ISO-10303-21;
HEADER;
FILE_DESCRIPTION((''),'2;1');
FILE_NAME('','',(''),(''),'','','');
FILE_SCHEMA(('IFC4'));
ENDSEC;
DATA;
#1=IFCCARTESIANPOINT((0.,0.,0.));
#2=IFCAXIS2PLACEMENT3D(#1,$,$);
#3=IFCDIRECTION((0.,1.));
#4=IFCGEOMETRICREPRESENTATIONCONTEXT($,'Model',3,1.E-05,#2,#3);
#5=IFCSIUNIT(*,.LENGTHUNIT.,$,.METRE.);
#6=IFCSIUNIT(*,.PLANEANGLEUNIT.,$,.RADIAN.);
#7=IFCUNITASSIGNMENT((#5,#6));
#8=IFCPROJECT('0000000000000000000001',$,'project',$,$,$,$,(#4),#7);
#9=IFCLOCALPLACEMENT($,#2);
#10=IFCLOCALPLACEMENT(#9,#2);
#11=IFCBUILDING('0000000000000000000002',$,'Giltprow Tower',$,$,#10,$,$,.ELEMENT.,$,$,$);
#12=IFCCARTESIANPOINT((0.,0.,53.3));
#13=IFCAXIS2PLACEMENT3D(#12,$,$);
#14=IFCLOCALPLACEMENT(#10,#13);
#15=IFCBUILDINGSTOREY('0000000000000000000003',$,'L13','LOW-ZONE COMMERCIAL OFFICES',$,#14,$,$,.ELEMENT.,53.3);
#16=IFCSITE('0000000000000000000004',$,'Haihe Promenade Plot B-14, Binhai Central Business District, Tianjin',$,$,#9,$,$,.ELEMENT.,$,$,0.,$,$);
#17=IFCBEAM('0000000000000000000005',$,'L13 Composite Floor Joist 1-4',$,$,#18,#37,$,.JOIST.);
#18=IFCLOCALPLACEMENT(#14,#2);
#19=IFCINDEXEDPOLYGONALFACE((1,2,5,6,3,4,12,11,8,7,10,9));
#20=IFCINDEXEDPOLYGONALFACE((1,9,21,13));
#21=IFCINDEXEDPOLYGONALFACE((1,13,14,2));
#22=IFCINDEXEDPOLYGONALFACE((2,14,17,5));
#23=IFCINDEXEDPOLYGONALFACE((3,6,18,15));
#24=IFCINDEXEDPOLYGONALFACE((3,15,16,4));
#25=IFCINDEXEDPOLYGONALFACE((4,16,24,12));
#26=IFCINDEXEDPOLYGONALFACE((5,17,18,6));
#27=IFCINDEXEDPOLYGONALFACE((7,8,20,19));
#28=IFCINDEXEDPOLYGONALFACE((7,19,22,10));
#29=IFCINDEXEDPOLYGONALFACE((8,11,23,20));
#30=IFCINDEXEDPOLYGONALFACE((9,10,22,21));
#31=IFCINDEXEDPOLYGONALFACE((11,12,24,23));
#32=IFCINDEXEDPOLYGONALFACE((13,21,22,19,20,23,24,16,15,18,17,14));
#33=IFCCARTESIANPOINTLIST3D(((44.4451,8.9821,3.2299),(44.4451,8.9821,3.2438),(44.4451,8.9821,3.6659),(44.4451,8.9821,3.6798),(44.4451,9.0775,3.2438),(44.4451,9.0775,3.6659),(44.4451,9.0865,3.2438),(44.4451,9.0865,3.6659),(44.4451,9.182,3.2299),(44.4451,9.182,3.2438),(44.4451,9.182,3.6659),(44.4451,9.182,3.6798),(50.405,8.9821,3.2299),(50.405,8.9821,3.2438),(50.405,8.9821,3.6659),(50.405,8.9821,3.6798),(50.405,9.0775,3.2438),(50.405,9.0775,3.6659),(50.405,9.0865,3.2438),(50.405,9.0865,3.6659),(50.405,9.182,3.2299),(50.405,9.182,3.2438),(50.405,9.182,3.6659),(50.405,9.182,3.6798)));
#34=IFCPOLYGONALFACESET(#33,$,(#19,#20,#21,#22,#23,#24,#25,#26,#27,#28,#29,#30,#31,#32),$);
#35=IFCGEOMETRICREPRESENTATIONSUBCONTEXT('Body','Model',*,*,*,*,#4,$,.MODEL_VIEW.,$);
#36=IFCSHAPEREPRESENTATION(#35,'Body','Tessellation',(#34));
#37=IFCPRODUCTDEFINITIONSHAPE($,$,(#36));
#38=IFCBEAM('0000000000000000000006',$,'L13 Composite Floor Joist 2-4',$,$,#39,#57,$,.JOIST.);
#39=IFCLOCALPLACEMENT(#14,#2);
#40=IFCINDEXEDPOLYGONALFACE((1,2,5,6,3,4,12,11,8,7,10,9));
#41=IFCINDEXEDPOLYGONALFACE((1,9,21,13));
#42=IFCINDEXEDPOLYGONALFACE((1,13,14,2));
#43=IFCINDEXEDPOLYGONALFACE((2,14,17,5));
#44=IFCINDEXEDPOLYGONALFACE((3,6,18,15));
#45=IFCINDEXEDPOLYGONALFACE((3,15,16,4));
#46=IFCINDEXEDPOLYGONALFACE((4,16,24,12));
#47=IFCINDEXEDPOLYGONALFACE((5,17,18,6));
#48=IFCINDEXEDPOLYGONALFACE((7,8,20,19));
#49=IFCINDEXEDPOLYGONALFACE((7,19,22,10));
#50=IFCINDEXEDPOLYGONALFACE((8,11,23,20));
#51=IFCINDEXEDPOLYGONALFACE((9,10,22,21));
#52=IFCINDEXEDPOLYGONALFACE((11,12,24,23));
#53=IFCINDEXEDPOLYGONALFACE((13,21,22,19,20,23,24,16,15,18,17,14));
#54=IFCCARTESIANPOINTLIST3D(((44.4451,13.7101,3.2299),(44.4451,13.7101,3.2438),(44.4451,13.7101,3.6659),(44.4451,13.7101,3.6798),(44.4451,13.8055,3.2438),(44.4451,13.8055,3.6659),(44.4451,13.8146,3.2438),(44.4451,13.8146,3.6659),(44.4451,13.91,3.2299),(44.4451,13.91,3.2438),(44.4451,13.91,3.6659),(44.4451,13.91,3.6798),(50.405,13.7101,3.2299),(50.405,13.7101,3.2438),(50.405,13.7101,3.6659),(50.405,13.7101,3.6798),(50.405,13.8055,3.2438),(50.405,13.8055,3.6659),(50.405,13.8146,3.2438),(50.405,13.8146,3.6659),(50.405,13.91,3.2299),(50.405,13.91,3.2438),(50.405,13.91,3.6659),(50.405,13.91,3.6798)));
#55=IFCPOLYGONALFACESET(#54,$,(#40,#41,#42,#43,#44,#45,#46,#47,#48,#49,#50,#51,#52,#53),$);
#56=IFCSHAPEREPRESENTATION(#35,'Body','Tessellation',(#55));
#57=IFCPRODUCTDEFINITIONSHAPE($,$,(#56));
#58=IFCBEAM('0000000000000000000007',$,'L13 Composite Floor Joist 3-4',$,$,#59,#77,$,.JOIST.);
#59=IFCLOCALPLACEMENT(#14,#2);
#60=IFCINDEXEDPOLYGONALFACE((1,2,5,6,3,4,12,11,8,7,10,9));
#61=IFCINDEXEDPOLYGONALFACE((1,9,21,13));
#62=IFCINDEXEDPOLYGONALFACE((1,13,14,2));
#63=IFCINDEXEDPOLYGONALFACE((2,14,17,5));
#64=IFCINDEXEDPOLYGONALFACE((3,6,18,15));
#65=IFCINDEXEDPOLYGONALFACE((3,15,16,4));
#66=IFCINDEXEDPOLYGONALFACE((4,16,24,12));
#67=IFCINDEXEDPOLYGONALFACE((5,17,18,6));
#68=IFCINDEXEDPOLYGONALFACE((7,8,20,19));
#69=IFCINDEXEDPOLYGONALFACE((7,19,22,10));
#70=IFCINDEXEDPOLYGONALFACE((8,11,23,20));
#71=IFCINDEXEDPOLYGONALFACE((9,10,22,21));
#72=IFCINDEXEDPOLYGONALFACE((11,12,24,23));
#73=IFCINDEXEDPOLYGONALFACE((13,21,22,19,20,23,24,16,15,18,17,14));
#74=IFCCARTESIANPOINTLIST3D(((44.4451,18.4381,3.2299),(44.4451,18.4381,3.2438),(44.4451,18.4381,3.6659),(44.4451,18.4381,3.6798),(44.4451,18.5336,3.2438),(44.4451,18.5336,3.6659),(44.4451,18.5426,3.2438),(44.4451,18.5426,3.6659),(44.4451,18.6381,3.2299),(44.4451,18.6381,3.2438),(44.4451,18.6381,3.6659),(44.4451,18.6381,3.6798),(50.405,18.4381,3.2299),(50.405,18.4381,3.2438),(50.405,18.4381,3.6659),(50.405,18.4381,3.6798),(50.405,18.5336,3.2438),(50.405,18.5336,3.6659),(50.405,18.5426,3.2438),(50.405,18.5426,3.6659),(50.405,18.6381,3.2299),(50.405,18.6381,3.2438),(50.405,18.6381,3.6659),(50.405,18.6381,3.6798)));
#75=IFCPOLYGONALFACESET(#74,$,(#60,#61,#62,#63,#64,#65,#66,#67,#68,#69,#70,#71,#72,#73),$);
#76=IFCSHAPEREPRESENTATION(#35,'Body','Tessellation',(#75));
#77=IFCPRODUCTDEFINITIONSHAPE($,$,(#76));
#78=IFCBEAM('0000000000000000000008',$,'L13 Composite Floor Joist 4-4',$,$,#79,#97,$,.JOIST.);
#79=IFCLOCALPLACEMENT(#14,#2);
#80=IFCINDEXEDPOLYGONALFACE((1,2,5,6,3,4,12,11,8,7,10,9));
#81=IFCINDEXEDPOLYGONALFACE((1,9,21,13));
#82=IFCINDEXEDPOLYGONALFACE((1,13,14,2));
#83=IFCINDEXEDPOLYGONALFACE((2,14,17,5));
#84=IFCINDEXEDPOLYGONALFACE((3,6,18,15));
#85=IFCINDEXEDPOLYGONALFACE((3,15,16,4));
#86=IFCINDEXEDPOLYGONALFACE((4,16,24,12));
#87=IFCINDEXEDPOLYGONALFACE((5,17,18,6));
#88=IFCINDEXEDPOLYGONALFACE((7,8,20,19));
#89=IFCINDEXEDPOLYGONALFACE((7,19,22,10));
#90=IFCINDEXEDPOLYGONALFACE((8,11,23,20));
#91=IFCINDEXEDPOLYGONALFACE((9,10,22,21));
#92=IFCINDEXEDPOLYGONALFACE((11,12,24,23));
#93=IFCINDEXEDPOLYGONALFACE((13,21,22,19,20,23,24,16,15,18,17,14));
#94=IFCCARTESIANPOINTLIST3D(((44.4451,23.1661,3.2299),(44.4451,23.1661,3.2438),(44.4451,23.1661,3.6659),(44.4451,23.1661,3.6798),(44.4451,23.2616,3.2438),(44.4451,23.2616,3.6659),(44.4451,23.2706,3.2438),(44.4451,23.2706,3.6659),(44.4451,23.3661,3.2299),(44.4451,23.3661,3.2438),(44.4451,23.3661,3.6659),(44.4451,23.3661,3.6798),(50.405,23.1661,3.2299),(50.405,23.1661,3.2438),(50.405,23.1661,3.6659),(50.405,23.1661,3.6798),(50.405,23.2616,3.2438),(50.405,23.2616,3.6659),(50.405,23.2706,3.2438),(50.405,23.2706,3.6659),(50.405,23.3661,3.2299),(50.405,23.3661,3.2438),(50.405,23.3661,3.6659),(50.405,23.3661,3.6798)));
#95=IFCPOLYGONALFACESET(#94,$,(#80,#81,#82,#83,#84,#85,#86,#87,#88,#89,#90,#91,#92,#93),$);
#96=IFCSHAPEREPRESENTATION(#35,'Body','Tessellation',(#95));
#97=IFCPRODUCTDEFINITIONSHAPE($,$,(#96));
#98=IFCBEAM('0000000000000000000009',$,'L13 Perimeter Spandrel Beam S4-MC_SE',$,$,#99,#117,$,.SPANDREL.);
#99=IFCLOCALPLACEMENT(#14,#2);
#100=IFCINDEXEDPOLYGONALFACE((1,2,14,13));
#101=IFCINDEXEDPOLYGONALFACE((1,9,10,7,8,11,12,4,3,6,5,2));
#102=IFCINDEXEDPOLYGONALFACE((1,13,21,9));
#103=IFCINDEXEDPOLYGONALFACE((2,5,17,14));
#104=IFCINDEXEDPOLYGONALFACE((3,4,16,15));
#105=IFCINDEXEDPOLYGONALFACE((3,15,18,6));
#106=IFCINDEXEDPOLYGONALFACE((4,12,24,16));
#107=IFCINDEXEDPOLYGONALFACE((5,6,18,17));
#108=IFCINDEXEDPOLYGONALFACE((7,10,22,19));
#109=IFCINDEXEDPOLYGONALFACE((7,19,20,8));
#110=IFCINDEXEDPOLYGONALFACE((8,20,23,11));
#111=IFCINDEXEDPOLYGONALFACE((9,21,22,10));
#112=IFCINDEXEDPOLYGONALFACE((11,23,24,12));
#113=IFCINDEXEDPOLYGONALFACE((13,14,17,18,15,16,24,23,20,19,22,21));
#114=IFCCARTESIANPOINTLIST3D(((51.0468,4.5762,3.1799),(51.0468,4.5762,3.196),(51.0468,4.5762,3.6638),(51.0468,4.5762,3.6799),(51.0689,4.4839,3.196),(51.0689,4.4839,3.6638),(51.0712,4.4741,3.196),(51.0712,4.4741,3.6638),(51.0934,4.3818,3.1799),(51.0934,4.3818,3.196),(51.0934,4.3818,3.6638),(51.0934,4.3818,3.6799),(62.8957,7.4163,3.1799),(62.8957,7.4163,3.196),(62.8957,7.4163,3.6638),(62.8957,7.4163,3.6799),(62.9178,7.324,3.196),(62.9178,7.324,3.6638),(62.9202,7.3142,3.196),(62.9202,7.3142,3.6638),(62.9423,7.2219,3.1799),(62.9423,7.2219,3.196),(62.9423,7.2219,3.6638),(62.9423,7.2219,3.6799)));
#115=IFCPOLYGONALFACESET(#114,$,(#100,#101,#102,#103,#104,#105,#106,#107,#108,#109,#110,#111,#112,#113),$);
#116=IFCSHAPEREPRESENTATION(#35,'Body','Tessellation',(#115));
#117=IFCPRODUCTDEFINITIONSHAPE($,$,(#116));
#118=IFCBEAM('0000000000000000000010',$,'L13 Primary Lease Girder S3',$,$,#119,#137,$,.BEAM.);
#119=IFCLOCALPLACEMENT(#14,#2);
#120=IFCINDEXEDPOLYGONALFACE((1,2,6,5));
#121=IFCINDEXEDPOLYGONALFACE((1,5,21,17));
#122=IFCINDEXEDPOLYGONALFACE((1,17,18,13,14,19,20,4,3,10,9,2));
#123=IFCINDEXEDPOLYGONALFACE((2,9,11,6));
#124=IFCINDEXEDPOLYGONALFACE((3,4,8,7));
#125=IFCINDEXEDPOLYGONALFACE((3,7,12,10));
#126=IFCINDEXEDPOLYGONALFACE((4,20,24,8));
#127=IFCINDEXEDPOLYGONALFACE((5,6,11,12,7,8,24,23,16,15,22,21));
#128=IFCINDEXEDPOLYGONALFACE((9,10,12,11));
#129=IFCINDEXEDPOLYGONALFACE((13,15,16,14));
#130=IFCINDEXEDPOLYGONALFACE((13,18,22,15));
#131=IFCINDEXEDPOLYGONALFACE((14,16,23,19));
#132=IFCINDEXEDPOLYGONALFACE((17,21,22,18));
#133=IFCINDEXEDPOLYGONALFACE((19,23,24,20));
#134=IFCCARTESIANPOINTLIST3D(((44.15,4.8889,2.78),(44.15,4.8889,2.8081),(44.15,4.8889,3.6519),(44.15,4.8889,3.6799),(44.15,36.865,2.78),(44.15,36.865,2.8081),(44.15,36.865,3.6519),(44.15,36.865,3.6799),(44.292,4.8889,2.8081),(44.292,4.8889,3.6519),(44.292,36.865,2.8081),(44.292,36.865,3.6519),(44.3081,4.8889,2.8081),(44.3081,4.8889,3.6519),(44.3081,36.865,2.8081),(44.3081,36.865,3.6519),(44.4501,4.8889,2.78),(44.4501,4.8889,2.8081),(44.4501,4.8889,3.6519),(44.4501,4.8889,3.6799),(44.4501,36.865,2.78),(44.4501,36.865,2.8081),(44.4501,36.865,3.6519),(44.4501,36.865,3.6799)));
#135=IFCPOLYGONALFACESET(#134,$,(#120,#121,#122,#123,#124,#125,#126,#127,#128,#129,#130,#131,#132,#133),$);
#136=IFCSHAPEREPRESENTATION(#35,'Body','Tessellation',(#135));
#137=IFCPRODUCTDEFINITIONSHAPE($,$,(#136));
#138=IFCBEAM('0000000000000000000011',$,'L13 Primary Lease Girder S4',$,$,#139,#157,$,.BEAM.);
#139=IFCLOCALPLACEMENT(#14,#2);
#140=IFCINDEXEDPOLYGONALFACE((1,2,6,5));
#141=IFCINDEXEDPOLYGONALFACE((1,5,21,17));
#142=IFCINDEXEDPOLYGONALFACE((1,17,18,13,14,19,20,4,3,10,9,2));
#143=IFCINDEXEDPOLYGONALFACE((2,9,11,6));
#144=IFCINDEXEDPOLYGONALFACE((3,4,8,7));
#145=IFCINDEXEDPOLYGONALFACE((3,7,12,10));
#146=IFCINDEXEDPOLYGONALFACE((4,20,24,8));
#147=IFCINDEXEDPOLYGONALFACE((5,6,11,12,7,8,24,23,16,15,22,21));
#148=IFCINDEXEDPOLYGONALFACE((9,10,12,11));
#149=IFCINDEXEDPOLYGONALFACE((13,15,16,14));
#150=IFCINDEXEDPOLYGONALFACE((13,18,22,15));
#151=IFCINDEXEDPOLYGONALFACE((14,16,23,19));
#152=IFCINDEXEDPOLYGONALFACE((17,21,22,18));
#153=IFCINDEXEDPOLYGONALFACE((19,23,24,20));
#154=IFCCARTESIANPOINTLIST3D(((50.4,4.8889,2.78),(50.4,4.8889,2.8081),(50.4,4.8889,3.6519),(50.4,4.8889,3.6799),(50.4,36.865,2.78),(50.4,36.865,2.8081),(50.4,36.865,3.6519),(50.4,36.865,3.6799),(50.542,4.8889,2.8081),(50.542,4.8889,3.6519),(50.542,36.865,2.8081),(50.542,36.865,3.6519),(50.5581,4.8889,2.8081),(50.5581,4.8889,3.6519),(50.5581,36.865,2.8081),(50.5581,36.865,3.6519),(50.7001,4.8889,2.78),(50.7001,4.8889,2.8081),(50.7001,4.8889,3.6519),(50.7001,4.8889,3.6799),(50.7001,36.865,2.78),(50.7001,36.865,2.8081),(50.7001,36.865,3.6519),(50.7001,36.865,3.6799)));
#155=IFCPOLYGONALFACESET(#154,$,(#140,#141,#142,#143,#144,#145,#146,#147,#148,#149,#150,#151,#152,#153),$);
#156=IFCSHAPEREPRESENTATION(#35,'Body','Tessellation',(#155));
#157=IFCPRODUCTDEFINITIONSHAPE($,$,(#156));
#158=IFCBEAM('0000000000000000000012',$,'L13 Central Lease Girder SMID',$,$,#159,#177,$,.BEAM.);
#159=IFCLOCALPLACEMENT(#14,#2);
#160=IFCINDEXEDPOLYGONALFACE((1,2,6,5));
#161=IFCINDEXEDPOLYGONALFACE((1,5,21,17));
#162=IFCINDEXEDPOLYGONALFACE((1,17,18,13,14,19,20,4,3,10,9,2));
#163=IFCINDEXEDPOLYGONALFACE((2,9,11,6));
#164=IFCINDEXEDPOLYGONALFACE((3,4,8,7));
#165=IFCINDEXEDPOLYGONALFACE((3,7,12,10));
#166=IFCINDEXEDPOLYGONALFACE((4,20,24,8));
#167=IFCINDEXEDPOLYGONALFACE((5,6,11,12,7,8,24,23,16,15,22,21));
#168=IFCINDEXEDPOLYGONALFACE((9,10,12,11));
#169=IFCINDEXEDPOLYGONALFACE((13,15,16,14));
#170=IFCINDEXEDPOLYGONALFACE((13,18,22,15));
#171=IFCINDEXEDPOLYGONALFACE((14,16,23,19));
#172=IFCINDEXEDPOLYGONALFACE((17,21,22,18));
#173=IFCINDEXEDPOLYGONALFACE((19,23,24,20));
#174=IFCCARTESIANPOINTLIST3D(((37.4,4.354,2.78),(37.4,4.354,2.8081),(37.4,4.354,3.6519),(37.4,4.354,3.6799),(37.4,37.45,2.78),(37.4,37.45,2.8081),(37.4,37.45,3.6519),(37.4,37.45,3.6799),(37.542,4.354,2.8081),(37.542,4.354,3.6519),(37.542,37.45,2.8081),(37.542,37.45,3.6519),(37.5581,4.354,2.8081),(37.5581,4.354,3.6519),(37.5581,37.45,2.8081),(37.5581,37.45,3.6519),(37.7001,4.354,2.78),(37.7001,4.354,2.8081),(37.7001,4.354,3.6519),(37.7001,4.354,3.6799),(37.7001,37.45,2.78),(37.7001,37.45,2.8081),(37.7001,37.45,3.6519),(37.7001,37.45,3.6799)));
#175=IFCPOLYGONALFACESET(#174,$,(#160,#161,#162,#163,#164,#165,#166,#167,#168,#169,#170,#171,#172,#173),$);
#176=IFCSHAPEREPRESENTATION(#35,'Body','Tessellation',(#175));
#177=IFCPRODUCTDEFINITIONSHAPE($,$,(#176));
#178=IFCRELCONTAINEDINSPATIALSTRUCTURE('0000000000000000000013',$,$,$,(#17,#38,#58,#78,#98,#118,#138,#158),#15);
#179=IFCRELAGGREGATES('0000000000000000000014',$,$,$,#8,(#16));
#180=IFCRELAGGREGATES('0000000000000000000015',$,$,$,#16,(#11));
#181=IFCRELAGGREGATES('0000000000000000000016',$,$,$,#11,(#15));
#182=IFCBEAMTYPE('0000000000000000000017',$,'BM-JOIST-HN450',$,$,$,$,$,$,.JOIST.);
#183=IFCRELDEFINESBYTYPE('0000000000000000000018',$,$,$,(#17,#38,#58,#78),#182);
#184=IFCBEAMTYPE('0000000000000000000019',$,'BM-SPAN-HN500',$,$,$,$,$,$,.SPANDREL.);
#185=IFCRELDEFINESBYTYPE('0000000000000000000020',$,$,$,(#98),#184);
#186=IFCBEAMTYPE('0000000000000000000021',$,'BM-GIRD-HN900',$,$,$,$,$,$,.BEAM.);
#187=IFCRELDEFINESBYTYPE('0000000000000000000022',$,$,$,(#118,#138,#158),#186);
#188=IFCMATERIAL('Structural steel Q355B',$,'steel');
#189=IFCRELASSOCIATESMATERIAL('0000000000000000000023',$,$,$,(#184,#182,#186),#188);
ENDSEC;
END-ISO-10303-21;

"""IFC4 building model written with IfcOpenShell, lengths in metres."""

from ifc_helpers import new_model, si_unit, direction, frame, origin, origin_2d, place, context, subcontext, project, spatial, i_section, extrude, source, transform, mapped, material, material_profile, profile_set, type_object, element, save


model = new_model("IFC4")

# Units and contexts
model_context = context("Model", 3, precision=1e-05, world=origin(), true_north=direction((0.0, 1.0)))
body_context = subcontext(model_context, "Body", "Model", "MODEL_VIEW")
ifc_project = project(units=[si_unit("LENGTHUNIT", "METRE"), si_unit("PLANEANGLEUNIT", "RADIAN")], contexts=[model_context])

# Site, building, storey
site_placement = place(None, origin())
site = spatial("IfcSite", under=ifc_project, at=site_placement, Name="Haihe Promenade Plot B-14, Binhai Central Business District, Tianjin", CompositionType="ELEMENT", RefElevation=0.0)
building_placement = place(site_placement, origin())
building = spatial("IfcBuilding", under=site, at=building_placement, Name="Giltprow Tower", CompositionType="ELEMENT")
storey_placement = place(building_placement, frame((0.0, 0.0, 53.3)))
storey = spatial("IfcBuildingStorey", under=building, at=storey_placement, Name="L13", Description="LOW-ZONE COMMERCIAL OFFICES", CompositionType="ELEMENT", Elevation=53.3)

# Beams
ifc_material_1 = material(Name="Structural steel Q355B", Category="steel")
ifc_material_profile_1 = material_profile(ifc_material_1, i_section(OverallWidth=0.2, OverallDepth=0.5, WebThickness=0.01, FlangeThickness=0.0161, at=origin_2d()), Name="HN 500x200x10x16")
ifc_profile_set_1 = profile_set([ifc_material_profile_1], Name="Structural steel Q355B")
beam_type_1 = type_object("IfcBeamType", Name="BM-SPAN-HN500", PredefinedType="SPANDREL", material=ifc_profile_set_1)
ifc_material_profile_2 = material_profile(ifc_material_1, i_section(OverallWidth=0.2, OverallDepth=0.45, WebThickness=0.009, FlangeThickness=0.0139, at=origin_2d()), Name="HN 450x200x9x14")
ifc_profile_set_2 = profile_set([ifc_material_profile_2], Name="Structural steel Q355B")
beam_type_2 = type_object("IfcBeamType", Name="BM-JOIST-HN450", PredefinedType="JOIST", material=ifc_profile_set_2)
shared_shape_1 = source(origin(), body_context, "Body", "SweptSolid", [
    extrude(i_section(OverallWidth=0.2, OverallDepth=0.45, WebThickness=0.009, FlangeThickness=0.0139, at=origin_2d()), origin(), (0.0, 0.0, 1.0), 5.96),
])
for number, where, z_axis, x_axis, name in (
    (1, (44.4451, 9.082, 3.4548), (1.0, 0.0, 0.0), (0.0, 1.0, 0.0), "L13 Composite Floor Joist 1-4"),
    (2, (44.4451, 13.8101, 3.4548), (1.0, 0.0, 0.0), (0.0, 1.0, 0.0), "L13 Composite Floor Joist 2-4"),
    (3, (44.4451, 18.5381, 3.4548), (1.0, 0.0, 0.0), (0.0, 1.0, 0.0), "L13 Composite Floor Joist 3-4"),
    (4, (44.4451, 23.2661, 3.4548), (1.0, 0.0, 0.0), (0.0, 1.0, 0.0), "L13 Composite Floor Joist 4-4"),
):
    element("IfcBeam", number, at=place(storey_placement, frame(where, z_axis=z_axis, x_axis=x_axis)), inside=storey, type_object=beam_type_2, Name=name, PredefinedType="JOIST", context=body_context, shape_type="MappedRepresentation", body=[
        mapped(shared_shape_1, transform((0.0, 0.0, 0.0), x_axis=(1.0, 0.0, 0.0), y_axis=(0.0, 1.0, 0.0), z_axis=(0.0, 0.0, 1.0), scale=1.0)),
    ])
shared_shape_2 = source(origin(), body_context, "Body", "SweptSolid", [
    extrude(i_section(OverallWidth=0.2, OverallDepth=0.5, WebThickness=0.01, FlangeThickness=0.0161, at=origin_2d()), origin(), (0.0, 0.0, 1.0), 12.1846),
])
beam_1_placement = place(storey_placement, frame((51.0701, 4.479, 3.4299), z_axis=(0.972455, 0.23309, 0.0), x_axis=(-0.23309, 0.972455, 0.0)))
element("IfcBeam", 5, at=beam_1_placement, inside=storey, type_object=beam_type_1, Name="L13 Perimeter Spandrel Beam S4-MC_SE", PredefinedType="SPANDREL", context=body_context, shape_type="MappedRepresentation", body=[
    mapped(shared_shape_2, transform((0.0, 0.0, 0.0), x_axis=(1.0, 0.0, 0.0), y_axis=(0.0, 1.0, 0.0), z_axis=(0.0, 0.0, 1.0), scale=1.0)),
])
ifc_material_profile_3 = material_profile(ifc_material_1, i_section(OverallWidth=0.3, OverallDepth=0.8999, WebThickness=0.0161, FlangeThickness=0.0281, at=origin_2d()), Name="HN 900x300x16x28")
ifc_profile_set_3 = profile_set([ifc_material_profile_3], Name="Structural steel Q355B")
beam_type_3 = type_object("IfcBeamType", Name="BM-GIRD-HN900", PredefinedType="BEAM", material=ifc_profile_set_3)
shared_shape_3 = source(origin(), body_context, "Body", "SweptSolid", [
    extrude(i_section(OverallWidth=0.3, OverallDepth=0.8999, WebThickness=0.0161, FlangeThickness=0.0281, at=origin_2d()), origin(), (0.0, 0.0, 1.0), 31.9761),
])
for number, where, z_axis, x_axis, name in (
    (6, (44.3, 4.8889, 3.23), (0.0, 1.0, 0.0), (-1.0, 0.0, 0.0), "L13 Primary Lease Girder S3"),
    (7, (50.55, 4.8889, 3.23), (0.0, 1.0, 0.0), (-1.0, 0.0, 0.0), "L13 Primary Lease Girder S4"),
):
    element("IfcBeam", number, at=place(storey_placement, frame(where, z_axis=z_axis, x_axis=x_axis)), inside=storey, type_object=beam_type_3, Name=name, PredefinedType="BEAM", context=body_context, shape_type="MappedRepresentation", body=[
        mapped(shared_shape_3, transform((0.0, 0.0, 0.0), x_axis=(1.0, 0.0, 0.0), y_axis=(0.0, 1.0, 0.0), z_axis=(0.0, 0.0, 1.0), scale=1.0)),
    ])
shared_shape_4 = source(origin(), body_context, "Body", "SweptSolid", [
    extrude(i_section(OverallWidth=0.3, OverallDepth=0.8999, WebThickness=0.0161, FlangeThickness=0.0281, at=origin_2d()), origin(), (0.0, 0.0, 1.0), 33.0959),
])
beam_2_placement = place(storey_placement, frame((37.55, 4.354, 3.23), z_axis=(0.0, 1.0, 0.0), x_axis=(-1.0, 0.0, 0.0)))
element("IfcBeam", 8, at=beam_2_placement, inside=storey, type_object=beam_type_3, Name="L13 Central Lease Girder SMID", PredefinedType="BEAM", context=body_context, shape_type="MappedRepresentation", body=[
    mapped(shared_shape_4, transform((0.0, 0.0, 0.0), x_axis=(1.0, 0.0, 0.0), y_axis=(0.0, 1.0, 0.0), z_axis=(0.0, 0.0, 1.0), scale=1.0)),
])

save(model, "model.ifc")
